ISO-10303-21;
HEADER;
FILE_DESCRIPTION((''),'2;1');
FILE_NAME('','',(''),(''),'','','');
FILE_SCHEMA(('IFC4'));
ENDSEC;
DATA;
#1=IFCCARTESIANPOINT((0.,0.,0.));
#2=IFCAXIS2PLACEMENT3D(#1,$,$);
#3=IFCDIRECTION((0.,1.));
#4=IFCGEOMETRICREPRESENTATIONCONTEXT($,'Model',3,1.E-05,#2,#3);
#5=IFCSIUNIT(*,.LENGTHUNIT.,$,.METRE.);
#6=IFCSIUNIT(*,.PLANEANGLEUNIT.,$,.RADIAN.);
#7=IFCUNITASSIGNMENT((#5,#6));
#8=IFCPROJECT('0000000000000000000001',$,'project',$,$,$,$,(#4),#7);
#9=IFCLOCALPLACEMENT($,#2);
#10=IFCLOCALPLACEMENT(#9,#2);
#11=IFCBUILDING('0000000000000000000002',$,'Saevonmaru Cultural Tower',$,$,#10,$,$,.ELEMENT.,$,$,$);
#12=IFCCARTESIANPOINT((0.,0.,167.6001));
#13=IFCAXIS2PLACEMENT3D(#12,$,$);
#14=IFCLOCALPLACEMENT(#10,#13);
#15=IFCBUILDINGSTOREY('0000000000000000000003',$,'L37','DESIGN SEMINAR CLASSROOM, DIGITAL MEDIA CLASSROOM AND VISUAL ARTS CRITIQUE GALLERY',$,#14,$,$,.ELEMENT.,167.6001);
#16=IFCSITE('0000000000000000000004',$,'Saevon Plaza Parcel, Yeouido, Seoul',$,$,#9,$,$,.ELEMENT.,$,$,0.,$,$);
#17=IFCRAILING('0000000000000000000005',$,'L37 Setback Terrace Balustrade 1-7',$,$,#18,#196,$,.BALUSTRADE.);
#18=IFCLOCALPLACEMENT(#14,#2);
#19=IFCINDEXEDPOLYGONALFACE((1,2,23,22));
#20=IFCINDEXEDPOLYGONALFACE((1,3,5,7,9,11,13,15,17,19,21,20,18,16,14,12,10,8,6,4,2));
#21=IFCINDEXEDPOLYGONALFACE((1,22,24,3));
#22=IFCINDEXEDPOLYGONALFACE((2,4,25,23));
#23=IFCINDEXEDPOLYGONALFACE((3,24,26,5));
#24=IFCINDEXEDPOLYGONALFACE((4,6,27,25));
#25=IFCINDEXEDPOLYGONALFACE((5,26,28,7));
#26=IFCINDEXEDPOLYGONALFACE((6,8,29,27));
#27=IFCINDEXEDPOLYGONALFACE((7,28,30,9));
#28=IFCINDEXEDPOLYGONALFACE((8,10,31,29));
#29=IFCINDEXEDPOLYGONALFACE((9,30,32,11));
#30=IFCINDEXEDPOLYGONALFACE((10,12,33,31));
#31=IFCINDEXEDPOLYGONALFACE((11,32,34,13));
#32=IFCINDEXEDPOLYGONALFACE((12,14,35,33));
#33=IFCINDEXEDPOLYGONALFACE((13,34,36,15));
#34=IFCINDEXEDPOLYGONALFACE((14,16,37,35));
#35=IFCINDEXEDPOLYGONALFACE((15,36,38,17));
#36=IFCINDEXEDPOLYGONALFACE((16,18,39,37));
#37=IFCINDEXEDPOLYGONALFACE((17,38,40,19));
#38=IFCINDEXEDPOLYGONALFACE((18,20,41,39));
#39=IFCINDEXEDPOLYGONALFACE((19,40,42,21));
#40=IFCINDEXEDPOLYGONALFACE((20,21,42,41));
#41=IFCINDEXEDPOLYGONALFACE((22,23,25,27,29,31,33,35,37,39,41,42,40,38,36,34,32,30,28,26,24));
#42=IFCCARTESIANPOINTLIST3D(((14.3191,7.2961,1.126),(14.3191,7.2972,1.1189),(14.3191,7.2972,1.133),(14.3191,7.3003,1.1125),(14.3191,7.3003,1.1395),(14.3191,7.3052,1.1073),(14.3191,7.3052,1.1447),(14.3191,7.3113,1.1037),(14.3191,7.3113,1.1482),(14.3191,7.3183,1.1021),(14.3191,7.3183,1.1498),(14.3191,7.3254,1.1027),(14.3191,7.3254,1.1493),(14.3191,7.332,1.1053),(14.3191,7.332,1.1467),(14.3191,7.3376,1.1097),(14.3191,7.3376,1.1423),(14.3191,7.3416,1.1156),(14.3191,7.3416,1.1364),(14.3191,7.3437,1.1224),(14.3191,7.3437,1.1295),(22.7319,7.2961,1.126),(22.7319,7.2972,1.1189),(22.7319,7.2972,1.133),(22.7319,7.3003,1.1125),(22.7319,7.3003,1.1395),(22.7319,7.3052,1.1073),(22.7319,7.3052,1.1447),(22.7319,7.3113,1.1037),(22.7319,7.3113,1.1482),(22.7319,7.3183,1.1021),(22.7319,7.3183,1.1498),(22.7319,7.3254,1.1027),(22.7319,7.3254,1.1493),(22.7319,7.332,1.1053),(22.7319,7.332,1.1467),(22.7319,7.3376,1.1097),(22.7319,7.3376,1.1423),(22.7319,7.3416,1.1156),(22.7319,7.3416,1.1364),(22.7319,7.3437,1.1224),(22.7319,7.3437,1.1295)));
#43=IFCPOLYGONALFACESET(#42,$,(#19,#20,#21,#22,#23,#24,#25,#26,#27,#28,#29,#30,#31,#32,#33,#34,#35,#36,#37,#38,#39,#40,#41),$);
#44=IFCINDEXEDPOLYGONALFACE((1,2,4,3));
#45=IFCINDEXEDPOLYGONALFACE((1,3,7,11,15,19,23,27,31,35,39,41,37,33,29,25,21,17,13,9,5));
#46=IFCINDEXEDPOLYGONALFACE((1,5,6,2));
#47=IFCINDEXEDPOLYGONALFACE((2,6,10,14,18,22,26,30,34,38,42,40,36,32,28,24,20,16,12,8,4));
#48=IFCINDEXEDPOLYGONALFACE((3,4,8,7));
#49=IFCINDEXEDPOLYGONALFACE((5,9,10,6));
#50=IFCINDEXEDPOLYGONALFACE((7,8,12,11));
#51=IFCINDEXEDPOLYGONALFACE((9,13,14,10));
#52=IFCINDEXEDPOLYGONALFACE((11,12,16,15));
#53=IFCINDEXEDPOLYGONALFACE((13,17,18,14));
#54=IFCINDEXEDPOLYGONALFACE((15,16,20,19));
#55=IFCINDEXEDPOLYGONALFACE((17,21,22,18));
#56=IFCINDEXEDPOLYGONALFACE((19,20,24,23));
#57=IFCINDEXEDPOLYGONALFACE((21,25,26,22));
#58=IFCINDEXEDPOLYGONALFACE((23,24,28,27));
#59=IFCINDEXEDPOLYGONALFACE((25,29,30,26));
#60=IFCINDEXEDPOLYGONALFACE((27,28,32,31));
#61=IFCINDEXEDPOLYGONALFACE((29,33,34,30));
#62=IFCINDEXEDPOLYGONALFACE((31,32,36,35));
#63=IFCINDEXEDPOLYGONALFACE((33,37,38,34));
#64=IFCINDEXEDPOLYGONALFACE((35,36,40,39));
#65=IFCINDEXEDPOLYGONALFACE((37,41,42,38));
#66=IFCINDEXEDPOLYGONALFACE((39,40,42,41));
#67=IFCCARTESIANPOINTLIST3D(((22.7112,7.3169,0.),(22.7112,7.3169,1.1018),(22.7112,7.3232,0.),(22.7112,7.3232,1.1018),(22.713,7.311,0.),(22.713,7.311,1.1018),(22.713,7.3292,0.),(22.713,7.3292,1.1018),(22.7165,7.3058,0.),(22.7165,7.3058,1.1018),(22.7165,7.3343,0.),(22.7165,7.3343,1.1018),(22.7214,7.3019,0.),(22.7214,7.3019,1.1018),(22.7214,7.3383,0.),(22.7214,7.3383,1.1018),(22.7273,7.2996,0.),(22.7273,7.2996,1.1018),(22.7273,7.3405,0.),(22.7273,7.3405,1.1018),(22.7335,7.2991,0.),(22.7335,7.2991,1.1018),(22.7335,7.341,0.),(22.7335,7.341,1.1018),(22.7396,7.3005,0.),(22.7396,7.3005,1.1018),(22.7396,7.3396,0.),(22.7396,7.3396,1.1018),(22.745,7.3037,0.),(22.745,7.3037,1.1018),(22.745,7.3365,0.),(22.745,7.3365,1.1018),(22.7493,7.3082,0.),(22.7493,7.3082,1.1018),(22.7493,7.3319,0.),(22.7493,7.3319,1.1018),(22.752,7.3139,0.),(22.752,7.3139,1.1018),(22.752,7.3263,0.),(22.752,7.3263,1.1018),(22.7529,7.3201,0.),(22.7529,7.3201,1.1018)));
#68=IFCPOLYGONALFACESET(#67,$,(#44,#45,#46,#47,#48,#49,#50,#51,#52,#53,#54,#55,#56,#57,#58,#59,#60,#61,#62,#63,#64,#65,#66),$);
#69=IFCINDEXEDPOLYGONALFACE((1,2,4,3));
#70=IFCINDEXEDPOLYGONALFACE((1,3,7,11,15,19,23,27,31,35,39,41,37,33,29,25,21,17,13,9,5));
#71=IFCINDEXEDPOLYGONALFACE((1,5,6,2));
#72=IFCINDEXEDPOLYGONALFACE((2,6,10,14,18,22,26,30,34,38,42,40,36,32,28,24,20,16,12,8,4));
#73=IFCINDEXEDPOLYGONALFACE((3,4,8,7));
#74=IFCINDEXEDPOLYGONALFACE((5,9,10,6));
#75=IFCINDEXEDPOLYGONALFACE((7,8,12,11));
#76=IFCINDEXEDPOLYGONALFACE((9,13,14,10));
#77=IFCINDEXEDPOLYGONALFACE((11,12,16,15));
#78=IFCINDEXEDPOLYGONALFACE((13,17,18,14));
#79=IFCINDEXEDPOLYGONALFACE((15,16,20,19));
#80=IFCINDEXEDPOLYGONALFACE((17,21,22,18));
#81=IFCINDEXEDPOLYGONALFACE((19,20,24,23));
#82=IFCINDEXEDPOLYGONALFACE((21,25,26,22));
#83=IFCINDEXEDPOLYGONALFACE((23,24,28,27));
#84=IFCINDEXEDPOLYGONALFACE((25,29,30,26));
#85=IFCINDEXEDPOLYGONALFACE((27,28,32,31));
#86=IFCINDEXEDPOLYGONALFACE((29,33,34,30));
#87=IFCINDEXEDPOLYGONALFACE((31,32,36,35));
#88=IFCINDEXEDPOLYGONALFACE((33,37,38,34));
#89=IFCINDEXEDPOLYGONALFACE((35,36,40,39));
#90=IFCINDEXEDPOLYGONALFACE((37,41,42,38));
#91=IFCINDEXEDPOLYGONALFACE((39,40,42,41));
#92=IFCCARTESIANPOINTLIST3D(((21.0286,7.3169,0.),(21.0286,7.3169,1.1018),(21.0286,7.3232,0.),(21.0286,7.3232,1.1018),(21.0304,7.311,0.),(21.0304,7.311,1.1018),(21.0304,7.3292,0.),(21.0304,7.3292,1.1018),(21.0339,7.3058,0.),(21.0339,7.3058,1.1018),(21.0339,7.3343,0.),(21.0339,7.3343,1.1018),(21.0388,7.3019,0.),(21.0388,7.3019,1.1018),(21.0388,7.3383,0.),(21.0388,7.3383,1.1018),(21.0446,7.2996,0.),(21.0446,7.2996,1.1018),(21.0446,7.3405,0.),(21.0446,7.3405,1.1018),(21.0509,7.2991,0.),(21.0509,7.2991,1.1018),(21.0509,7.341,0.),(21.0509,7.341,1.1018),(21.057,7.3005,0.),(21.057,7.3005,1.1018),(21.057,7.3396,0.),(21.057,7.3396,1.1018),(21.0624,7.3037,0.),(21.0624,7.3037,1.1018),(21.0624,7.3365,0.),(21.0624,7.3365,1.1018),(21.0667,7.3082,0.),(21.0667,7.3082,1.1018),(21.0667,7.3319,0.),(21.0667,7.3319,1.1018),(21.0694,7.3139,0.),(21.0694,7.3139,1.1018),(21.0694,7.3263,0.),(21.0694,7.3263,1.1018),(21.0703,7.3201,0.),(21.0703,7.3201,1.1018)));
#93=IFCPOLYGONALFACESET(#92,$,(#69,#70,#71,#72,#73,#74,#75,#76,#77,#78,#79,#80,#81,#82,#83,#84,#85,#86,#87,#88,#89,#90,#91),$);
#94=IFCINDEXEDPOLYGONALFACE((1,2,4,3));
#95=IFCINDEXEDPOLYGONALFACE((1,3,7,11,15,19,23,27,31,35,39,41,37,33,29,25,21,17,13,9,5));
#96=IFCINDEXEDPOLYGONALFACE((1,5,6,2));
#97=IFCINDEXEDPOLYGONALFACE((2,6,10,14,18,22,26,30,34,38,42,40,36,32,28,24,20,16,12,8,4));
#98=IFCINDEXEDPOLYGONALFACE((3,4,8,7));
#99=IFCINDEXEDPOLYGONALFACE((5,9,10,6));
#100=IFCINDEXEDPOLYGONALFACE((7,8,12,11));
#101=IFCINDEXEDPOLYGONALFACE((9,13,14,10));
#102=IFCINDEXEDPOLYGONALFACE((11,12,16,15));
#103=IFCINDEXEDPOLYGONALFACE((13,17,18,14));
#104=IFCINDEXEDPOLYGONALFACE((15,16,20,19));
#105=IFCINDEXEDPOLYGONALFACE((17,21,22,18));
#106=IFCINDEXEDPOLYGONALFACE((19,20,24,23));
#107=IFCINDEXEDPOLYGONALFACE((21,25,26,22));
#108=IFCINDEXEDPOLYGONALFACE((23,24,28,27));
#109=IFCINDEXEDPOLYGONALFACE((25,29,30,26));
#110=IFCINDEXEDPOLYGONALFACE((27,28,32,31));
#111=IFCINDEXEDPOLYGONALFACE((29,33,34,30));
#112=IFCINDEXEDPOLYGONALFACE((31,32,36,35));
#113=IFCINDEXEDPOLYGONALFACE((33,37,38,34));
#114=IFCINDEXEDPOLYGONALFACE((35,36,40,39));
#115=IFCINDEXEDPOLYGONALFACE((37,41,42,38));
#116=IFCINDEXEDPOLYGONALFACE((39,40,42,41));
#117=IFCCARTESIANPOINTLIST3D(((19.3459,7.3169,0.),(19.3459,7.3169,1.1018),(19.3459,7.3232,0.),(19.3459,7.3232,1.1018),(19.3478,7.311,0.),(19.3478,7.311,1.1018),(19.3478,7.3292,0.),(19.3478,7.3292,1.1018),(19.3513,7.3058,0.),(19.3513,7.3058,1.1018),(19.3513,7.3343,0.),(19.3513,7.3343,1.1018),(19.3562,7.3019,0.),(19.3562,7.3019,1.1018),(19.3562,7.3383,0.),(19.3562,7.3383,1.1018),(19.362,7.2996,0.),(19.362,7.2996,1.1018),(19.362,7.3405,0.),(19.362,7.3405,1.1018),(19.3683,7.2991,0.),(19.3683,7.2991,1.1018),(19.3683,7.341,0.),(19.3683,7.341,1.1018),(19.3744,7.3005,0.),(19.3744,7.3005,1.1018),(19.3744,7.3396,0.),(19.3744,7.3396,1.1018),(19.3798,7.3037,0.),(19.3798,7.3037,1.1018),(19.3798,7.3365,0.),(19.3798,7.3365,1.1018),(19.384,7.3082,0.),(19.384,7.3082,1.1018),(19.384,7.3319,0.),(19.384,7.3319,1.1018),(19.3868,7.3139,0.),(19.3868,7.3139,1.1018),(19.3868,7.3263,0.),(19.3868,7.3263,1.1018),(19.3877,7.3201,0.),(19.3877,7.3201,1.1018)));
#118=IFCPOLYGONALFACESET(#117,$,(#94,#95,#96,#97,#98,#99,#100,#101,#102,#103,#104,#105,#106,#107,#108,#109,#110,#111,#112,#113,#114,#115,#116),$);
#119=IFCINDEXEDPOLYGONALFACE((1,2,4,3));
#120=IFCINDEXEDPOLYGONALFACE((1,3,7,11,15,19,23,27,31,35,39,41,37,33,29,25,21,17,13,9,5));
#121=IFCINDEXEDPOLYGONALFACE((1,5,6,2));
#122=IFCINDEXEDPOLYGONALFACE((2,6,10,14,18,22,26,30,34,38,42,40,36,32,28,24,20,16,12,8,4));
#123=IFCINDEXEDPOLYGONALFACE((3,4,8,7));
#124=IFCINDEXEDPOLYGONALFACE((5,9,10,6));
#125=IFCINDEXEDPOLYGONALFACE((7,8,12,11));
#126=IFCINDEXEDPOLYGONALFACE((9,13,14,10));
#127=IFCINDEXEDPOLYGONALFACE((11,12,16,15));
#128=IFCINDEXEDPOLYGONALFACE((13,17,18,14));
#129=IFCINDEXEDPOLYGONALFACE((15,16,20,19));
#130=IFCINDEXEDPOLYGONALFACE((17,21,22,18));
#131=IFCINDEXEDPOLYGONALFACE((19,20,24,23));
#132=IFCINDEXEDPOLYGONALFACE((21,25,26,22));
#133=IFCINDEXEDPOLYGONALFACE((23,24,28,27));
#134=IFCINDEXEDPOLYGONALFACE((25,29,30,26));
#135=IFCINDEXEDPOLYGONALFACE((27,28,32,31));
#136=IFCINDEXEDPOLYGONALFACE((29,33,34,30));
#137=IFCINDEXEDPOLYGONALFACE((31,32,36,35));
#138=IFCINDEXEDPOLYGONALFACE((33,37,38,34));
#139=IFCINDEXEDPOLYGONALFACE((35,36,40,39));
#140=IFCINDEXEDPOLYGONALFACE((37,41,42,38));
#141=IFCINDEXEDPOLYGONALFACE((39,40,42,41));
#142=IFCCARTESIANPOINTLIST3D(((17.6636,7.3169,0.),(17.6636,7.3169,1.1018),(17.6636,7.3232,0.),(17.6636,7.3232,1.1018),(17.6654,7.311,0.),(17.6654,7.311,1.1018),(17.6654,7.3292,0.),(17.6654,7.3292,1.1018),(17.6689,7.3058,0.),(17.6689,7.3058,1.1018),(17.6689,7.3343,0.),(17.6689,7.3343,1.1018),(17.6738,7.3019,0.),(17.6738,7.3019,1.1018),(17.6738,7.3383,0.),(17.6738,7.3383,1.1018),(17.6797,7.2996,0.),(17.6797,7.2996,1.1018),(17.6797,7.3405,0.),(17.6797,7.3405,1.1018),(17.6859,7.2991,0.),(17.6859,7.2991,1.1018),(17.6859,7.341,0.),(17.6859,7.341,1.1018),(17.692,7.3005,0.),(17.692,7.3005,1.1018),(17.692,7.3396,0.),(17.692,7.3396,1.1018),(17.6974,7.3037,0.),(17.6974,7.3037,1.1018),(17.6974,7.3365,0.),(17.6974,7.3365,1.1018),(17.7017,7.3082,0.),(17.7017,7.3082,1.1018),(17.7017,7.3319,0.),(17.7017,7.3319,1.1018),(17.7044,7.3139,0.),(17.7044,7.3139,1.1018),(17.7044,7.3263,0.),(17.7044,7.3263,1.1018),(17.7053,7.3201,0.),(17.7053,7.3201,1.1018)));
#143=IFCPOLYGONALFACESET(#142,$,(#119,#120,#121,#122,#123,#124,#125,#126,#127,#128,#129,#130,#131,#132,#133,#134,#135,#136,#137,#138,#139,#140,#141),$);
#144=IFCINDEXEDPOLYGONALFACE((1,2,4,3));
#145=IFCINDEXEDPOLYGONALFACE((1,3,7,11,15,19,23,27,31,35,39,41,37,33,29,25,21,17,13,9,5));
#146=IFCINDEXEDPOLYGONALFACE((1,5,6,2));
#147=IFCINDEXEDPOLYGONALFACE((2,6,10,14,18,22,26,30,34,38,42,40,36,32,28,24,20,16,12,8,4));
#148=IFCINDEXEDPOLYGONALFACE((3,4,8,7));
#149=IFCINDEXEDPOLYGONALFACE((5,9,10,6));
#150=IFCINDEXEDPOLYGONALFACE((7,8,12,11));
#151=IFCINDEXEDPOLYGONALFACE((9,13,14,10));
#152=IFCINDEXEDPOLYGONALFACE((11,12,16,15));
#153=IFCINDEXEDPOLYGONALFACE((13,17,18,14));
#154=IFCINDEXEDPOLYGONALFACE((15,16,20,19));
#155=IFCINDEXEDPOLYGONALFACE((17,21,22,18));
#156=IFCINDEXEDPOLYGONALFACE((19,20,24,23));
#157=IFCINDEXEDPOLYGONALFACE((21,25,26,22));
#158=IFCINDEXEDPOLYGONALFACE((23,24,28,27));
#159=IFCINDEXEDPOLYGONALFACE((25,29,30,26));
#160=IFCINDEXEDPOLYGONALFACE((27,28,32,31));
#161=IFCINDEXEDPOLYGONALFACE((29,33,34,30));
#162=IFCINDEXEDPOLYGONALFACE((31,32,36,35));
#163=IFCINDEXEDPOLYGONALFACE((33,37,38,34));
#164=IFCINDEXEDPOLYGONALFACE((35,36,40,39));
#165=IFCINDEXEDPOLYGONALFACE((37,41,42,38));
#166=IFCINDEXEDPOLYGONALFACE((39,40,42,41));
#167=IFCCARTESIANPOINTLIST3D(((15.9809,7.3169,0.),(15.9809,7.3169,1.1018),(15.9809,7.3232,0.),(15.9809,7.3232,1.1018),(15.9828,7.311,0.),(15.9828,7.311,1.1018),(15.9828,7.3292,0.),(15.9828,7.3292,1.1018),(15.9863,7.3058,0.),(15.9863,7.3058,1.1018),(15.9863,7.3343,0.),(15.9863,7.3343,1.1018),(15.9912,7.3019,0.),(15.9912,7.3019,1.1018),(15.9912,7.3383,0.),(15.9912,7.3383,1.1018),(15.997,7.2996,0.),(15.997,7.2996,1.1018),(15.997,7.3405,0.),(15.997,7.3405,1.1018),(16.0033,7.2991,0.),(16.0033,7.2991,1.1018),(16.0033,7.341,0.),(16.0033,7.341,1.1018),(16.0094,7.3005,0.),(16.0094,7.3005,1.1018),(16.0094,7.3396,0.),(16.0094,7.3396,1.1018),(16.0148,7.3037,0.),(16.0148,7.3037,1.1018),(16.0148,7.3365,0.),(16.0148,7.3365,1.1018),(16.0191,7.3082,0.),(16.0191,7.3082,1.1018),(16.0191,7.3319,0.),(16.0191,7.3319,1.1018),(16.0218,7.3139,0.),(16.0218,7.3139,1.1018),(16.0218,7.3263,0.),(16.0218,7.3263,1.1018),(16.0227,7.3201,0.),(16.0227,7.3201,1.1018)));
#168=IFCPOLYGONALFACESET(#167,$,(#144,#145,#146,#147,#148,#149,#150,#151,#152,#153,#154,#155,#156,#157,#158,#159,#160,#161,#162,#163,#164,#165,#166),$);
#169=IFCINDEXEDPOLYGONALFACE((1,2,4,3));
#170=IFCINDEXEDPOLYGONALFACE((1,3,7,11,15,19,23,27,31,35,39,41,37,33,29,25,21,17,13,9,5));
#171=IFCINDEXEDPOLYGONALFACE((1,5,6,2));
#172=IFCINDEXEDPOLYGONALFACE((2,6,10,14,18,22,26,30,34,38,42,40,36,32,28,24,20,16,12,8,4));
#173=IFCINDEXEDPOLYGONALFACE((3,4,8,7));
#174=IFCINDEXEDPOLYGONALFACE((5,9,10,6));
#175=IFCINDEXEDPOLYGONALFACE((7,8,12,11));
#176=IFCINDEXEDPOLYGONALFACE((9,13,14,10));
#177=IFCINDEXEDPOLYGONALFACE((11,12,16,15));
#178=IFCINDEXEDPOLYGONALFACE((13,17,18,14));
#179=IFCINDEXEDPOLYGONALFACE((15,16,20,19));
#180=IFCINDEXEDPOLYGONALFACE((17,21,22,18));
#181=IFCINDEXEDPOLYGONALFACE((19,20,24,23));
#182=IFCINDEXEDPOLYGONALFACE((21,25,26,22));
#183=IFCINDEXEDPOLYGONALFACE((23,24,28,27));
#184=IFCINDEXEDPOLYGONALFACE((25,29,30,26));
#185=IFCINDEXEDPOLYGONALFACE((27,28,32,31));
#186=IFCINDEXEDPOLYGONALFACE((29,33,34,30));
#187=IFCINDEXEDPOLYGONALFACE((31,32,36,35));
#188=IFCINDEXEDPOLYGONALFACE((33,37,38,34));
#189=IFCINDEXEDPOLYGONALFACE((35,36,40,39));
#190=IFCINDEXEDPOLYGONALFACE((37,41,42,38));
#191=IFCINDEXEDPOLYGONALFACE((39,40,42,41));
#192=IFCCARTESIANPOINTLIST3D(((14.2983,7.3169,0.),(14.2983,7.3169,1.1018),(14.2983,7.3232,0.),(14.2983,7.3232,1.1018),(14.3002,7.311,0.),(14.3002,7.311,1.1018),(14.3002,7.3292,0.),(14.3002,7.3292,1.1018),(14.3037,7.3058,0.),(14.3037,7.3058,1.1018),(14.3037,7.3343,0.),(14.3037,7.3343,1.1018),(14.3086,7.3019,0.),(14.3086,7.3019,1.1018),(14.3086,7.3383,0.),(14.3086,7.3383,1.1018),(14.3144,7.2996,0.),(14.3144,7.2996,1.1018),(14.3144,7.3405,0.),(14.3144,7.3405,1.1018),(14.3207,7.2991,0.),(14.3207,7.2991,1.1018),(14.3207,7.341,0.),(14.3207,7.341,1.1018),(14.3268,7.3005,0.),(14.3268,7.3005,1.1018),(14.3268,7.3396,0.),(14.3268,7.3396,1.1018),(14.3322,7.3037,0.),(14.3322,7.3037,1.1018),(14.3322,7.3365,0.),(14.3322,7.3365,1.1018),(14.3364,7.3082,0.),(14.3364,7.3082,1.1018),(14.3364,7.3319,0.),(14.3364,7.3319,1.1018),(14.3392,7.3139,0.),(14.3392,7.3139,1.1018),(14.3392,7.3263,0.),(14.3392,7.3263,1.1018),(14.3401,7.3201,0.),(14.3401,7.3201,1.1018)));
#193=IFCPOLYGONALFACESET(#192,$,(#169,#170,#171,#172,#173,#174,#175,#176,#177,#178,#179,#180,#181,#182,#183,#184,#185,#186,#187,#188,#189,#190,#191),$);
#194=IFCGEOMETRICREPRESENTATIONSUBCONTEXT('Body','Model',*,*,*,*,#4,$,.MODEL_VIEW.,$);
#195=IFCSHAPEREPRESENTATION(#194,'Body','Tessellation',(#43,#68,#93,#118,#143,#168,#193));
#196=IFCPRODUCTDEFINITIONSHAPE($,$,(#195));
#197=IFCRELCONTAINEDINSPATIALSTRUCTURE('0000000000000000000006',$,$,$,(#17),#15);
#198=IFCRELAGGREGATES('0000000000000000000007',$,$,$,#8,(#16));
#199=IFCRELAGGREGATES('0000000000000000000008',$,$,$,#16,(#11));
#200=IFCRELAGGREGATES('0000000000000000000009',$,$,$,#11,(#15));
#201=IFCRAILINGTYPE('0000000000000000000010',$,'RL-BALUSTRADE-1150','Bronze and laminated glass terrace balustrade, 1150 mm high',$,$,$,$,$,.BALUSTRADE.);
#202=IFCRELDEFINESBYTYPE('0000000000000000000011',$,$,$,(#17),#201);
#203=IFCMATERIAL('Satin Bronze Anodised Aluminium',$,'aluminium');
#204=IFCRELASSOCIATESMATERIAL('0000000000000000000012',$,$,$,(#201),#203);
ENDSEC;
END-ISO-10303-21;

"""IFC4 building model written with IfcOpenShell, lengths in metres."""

from ifc_helpers import new_model, si_unit, direction, frame, origin, origin_2d, place, context, subcontext, project, spatial, circle, extrude, material, type_object, element, save


model = new_model("IFC4")

# Units and contexts
model_context = context("Model", 3, precision=1e-05, world=origin(), true_north=direction((0.0, 1.0)))
body_context = subcontext(model_context, "Body", "Model", "MODEL_VIEW")
ifc_project = project(units=[si_unit("LENGTHUNIT", "METRE"), si_unit("PLANEANGLEUNIT", "RADIAN")], contexts=[model_context])

# Site, building, storey
site_placement = place(None, origin())
site = spatial("IfcSite", under=ifc_project, at=site_placement, Name="Saevon Plaza Parcel, Yeouido, Seoul", CompositionType="ELEMENT", RefElevation=0.0)
building_placement = place(site_placement, origin())
building = spatial("IfcBuilding", under=site, at=building_placement, Name="Saevonmaru Cultural Tower", CompositionType="ELEMENT")
storey_placement = place(building_placement, frame((0.0, 0.0, 167.6001)))
storey = spatial("IfcBuildingStorey", under=building, at=storey_placement, Name="L37", Description="DESIGN SEMINAR CLASSROOM, DIGITAL MEDIA CLASSROOM AND VISUAL ARTS CRITIQUE GALLERY", CompositionType="ELEMENT", Elevation=167.6001)

# Shared definitions
ifc_material_1 = material(Name="Satin Bronze Anodised Aluminium", Category="aluminium")

# Railing
railing_type = type_object("IfcRailingType", Name="RL-BALUSTRADE-1150", Description="Bronze and laminated glass terrace balustrade, 1150 mm high", PredefinedType="BALUSTRADE", material=ifc_material_1)
railing_1_placement = place(storey_placement, frame((22.7319, 7.3201, 0.0)))
element("IfcRailing", 1, at=railing_1_placement, inside=storey, type_object=railing_type, Name="L37 Setback Terrace Balustrade 1-7", PredefinedType="BALUSTRADE", context=body_context, shape_type="SweptSolid", body=[
    extrude(circle(Radius=0.0239, at=origin_2d()), frame((0.0, 0.0, 1.126), z_axis=(-1.0, 0.0, 0.0), x_axis=(0.0, -1.0, 0.0)), (0.0, 0.0, 1.0), 8.4128),
    extrude(circle(Radius=0.021, at=origin_2d()), origin(), (0.0, 0.0, 1.0), 1.1018),
    extrude(circle(Radius=0.021, at=origin_2d()), frame((-1.6826, 0.0, 0.0)), (0.0, 0.0, 1.0), 1.1018),
    extrude(circle(Radius=0.021, at=origin_2d()), frame((-3.3652, 0.0, 0.0)), (0.0, 0.0, 1.0), 1.1018),
    extrude(circle(Radius=0.021, at=origin_2d()), frame((-5.0476, 0.0, 0.0)), (0.0, 0.0, 1.0), 1.1018),
    extrude(circle(Radius=0.021, at=origin_2d()), frame((-6.7302, 0.0, 0.0)), (0.0, 0.0, 1.0), 1.1018),
    extrude(circle(Radius=0.021, at=origin_2d()), frame((-8.4128, 0.0, 0.0)), (0.0, 0.0, 1.0), 1.1018),
])

save(model, "model.ifc")
